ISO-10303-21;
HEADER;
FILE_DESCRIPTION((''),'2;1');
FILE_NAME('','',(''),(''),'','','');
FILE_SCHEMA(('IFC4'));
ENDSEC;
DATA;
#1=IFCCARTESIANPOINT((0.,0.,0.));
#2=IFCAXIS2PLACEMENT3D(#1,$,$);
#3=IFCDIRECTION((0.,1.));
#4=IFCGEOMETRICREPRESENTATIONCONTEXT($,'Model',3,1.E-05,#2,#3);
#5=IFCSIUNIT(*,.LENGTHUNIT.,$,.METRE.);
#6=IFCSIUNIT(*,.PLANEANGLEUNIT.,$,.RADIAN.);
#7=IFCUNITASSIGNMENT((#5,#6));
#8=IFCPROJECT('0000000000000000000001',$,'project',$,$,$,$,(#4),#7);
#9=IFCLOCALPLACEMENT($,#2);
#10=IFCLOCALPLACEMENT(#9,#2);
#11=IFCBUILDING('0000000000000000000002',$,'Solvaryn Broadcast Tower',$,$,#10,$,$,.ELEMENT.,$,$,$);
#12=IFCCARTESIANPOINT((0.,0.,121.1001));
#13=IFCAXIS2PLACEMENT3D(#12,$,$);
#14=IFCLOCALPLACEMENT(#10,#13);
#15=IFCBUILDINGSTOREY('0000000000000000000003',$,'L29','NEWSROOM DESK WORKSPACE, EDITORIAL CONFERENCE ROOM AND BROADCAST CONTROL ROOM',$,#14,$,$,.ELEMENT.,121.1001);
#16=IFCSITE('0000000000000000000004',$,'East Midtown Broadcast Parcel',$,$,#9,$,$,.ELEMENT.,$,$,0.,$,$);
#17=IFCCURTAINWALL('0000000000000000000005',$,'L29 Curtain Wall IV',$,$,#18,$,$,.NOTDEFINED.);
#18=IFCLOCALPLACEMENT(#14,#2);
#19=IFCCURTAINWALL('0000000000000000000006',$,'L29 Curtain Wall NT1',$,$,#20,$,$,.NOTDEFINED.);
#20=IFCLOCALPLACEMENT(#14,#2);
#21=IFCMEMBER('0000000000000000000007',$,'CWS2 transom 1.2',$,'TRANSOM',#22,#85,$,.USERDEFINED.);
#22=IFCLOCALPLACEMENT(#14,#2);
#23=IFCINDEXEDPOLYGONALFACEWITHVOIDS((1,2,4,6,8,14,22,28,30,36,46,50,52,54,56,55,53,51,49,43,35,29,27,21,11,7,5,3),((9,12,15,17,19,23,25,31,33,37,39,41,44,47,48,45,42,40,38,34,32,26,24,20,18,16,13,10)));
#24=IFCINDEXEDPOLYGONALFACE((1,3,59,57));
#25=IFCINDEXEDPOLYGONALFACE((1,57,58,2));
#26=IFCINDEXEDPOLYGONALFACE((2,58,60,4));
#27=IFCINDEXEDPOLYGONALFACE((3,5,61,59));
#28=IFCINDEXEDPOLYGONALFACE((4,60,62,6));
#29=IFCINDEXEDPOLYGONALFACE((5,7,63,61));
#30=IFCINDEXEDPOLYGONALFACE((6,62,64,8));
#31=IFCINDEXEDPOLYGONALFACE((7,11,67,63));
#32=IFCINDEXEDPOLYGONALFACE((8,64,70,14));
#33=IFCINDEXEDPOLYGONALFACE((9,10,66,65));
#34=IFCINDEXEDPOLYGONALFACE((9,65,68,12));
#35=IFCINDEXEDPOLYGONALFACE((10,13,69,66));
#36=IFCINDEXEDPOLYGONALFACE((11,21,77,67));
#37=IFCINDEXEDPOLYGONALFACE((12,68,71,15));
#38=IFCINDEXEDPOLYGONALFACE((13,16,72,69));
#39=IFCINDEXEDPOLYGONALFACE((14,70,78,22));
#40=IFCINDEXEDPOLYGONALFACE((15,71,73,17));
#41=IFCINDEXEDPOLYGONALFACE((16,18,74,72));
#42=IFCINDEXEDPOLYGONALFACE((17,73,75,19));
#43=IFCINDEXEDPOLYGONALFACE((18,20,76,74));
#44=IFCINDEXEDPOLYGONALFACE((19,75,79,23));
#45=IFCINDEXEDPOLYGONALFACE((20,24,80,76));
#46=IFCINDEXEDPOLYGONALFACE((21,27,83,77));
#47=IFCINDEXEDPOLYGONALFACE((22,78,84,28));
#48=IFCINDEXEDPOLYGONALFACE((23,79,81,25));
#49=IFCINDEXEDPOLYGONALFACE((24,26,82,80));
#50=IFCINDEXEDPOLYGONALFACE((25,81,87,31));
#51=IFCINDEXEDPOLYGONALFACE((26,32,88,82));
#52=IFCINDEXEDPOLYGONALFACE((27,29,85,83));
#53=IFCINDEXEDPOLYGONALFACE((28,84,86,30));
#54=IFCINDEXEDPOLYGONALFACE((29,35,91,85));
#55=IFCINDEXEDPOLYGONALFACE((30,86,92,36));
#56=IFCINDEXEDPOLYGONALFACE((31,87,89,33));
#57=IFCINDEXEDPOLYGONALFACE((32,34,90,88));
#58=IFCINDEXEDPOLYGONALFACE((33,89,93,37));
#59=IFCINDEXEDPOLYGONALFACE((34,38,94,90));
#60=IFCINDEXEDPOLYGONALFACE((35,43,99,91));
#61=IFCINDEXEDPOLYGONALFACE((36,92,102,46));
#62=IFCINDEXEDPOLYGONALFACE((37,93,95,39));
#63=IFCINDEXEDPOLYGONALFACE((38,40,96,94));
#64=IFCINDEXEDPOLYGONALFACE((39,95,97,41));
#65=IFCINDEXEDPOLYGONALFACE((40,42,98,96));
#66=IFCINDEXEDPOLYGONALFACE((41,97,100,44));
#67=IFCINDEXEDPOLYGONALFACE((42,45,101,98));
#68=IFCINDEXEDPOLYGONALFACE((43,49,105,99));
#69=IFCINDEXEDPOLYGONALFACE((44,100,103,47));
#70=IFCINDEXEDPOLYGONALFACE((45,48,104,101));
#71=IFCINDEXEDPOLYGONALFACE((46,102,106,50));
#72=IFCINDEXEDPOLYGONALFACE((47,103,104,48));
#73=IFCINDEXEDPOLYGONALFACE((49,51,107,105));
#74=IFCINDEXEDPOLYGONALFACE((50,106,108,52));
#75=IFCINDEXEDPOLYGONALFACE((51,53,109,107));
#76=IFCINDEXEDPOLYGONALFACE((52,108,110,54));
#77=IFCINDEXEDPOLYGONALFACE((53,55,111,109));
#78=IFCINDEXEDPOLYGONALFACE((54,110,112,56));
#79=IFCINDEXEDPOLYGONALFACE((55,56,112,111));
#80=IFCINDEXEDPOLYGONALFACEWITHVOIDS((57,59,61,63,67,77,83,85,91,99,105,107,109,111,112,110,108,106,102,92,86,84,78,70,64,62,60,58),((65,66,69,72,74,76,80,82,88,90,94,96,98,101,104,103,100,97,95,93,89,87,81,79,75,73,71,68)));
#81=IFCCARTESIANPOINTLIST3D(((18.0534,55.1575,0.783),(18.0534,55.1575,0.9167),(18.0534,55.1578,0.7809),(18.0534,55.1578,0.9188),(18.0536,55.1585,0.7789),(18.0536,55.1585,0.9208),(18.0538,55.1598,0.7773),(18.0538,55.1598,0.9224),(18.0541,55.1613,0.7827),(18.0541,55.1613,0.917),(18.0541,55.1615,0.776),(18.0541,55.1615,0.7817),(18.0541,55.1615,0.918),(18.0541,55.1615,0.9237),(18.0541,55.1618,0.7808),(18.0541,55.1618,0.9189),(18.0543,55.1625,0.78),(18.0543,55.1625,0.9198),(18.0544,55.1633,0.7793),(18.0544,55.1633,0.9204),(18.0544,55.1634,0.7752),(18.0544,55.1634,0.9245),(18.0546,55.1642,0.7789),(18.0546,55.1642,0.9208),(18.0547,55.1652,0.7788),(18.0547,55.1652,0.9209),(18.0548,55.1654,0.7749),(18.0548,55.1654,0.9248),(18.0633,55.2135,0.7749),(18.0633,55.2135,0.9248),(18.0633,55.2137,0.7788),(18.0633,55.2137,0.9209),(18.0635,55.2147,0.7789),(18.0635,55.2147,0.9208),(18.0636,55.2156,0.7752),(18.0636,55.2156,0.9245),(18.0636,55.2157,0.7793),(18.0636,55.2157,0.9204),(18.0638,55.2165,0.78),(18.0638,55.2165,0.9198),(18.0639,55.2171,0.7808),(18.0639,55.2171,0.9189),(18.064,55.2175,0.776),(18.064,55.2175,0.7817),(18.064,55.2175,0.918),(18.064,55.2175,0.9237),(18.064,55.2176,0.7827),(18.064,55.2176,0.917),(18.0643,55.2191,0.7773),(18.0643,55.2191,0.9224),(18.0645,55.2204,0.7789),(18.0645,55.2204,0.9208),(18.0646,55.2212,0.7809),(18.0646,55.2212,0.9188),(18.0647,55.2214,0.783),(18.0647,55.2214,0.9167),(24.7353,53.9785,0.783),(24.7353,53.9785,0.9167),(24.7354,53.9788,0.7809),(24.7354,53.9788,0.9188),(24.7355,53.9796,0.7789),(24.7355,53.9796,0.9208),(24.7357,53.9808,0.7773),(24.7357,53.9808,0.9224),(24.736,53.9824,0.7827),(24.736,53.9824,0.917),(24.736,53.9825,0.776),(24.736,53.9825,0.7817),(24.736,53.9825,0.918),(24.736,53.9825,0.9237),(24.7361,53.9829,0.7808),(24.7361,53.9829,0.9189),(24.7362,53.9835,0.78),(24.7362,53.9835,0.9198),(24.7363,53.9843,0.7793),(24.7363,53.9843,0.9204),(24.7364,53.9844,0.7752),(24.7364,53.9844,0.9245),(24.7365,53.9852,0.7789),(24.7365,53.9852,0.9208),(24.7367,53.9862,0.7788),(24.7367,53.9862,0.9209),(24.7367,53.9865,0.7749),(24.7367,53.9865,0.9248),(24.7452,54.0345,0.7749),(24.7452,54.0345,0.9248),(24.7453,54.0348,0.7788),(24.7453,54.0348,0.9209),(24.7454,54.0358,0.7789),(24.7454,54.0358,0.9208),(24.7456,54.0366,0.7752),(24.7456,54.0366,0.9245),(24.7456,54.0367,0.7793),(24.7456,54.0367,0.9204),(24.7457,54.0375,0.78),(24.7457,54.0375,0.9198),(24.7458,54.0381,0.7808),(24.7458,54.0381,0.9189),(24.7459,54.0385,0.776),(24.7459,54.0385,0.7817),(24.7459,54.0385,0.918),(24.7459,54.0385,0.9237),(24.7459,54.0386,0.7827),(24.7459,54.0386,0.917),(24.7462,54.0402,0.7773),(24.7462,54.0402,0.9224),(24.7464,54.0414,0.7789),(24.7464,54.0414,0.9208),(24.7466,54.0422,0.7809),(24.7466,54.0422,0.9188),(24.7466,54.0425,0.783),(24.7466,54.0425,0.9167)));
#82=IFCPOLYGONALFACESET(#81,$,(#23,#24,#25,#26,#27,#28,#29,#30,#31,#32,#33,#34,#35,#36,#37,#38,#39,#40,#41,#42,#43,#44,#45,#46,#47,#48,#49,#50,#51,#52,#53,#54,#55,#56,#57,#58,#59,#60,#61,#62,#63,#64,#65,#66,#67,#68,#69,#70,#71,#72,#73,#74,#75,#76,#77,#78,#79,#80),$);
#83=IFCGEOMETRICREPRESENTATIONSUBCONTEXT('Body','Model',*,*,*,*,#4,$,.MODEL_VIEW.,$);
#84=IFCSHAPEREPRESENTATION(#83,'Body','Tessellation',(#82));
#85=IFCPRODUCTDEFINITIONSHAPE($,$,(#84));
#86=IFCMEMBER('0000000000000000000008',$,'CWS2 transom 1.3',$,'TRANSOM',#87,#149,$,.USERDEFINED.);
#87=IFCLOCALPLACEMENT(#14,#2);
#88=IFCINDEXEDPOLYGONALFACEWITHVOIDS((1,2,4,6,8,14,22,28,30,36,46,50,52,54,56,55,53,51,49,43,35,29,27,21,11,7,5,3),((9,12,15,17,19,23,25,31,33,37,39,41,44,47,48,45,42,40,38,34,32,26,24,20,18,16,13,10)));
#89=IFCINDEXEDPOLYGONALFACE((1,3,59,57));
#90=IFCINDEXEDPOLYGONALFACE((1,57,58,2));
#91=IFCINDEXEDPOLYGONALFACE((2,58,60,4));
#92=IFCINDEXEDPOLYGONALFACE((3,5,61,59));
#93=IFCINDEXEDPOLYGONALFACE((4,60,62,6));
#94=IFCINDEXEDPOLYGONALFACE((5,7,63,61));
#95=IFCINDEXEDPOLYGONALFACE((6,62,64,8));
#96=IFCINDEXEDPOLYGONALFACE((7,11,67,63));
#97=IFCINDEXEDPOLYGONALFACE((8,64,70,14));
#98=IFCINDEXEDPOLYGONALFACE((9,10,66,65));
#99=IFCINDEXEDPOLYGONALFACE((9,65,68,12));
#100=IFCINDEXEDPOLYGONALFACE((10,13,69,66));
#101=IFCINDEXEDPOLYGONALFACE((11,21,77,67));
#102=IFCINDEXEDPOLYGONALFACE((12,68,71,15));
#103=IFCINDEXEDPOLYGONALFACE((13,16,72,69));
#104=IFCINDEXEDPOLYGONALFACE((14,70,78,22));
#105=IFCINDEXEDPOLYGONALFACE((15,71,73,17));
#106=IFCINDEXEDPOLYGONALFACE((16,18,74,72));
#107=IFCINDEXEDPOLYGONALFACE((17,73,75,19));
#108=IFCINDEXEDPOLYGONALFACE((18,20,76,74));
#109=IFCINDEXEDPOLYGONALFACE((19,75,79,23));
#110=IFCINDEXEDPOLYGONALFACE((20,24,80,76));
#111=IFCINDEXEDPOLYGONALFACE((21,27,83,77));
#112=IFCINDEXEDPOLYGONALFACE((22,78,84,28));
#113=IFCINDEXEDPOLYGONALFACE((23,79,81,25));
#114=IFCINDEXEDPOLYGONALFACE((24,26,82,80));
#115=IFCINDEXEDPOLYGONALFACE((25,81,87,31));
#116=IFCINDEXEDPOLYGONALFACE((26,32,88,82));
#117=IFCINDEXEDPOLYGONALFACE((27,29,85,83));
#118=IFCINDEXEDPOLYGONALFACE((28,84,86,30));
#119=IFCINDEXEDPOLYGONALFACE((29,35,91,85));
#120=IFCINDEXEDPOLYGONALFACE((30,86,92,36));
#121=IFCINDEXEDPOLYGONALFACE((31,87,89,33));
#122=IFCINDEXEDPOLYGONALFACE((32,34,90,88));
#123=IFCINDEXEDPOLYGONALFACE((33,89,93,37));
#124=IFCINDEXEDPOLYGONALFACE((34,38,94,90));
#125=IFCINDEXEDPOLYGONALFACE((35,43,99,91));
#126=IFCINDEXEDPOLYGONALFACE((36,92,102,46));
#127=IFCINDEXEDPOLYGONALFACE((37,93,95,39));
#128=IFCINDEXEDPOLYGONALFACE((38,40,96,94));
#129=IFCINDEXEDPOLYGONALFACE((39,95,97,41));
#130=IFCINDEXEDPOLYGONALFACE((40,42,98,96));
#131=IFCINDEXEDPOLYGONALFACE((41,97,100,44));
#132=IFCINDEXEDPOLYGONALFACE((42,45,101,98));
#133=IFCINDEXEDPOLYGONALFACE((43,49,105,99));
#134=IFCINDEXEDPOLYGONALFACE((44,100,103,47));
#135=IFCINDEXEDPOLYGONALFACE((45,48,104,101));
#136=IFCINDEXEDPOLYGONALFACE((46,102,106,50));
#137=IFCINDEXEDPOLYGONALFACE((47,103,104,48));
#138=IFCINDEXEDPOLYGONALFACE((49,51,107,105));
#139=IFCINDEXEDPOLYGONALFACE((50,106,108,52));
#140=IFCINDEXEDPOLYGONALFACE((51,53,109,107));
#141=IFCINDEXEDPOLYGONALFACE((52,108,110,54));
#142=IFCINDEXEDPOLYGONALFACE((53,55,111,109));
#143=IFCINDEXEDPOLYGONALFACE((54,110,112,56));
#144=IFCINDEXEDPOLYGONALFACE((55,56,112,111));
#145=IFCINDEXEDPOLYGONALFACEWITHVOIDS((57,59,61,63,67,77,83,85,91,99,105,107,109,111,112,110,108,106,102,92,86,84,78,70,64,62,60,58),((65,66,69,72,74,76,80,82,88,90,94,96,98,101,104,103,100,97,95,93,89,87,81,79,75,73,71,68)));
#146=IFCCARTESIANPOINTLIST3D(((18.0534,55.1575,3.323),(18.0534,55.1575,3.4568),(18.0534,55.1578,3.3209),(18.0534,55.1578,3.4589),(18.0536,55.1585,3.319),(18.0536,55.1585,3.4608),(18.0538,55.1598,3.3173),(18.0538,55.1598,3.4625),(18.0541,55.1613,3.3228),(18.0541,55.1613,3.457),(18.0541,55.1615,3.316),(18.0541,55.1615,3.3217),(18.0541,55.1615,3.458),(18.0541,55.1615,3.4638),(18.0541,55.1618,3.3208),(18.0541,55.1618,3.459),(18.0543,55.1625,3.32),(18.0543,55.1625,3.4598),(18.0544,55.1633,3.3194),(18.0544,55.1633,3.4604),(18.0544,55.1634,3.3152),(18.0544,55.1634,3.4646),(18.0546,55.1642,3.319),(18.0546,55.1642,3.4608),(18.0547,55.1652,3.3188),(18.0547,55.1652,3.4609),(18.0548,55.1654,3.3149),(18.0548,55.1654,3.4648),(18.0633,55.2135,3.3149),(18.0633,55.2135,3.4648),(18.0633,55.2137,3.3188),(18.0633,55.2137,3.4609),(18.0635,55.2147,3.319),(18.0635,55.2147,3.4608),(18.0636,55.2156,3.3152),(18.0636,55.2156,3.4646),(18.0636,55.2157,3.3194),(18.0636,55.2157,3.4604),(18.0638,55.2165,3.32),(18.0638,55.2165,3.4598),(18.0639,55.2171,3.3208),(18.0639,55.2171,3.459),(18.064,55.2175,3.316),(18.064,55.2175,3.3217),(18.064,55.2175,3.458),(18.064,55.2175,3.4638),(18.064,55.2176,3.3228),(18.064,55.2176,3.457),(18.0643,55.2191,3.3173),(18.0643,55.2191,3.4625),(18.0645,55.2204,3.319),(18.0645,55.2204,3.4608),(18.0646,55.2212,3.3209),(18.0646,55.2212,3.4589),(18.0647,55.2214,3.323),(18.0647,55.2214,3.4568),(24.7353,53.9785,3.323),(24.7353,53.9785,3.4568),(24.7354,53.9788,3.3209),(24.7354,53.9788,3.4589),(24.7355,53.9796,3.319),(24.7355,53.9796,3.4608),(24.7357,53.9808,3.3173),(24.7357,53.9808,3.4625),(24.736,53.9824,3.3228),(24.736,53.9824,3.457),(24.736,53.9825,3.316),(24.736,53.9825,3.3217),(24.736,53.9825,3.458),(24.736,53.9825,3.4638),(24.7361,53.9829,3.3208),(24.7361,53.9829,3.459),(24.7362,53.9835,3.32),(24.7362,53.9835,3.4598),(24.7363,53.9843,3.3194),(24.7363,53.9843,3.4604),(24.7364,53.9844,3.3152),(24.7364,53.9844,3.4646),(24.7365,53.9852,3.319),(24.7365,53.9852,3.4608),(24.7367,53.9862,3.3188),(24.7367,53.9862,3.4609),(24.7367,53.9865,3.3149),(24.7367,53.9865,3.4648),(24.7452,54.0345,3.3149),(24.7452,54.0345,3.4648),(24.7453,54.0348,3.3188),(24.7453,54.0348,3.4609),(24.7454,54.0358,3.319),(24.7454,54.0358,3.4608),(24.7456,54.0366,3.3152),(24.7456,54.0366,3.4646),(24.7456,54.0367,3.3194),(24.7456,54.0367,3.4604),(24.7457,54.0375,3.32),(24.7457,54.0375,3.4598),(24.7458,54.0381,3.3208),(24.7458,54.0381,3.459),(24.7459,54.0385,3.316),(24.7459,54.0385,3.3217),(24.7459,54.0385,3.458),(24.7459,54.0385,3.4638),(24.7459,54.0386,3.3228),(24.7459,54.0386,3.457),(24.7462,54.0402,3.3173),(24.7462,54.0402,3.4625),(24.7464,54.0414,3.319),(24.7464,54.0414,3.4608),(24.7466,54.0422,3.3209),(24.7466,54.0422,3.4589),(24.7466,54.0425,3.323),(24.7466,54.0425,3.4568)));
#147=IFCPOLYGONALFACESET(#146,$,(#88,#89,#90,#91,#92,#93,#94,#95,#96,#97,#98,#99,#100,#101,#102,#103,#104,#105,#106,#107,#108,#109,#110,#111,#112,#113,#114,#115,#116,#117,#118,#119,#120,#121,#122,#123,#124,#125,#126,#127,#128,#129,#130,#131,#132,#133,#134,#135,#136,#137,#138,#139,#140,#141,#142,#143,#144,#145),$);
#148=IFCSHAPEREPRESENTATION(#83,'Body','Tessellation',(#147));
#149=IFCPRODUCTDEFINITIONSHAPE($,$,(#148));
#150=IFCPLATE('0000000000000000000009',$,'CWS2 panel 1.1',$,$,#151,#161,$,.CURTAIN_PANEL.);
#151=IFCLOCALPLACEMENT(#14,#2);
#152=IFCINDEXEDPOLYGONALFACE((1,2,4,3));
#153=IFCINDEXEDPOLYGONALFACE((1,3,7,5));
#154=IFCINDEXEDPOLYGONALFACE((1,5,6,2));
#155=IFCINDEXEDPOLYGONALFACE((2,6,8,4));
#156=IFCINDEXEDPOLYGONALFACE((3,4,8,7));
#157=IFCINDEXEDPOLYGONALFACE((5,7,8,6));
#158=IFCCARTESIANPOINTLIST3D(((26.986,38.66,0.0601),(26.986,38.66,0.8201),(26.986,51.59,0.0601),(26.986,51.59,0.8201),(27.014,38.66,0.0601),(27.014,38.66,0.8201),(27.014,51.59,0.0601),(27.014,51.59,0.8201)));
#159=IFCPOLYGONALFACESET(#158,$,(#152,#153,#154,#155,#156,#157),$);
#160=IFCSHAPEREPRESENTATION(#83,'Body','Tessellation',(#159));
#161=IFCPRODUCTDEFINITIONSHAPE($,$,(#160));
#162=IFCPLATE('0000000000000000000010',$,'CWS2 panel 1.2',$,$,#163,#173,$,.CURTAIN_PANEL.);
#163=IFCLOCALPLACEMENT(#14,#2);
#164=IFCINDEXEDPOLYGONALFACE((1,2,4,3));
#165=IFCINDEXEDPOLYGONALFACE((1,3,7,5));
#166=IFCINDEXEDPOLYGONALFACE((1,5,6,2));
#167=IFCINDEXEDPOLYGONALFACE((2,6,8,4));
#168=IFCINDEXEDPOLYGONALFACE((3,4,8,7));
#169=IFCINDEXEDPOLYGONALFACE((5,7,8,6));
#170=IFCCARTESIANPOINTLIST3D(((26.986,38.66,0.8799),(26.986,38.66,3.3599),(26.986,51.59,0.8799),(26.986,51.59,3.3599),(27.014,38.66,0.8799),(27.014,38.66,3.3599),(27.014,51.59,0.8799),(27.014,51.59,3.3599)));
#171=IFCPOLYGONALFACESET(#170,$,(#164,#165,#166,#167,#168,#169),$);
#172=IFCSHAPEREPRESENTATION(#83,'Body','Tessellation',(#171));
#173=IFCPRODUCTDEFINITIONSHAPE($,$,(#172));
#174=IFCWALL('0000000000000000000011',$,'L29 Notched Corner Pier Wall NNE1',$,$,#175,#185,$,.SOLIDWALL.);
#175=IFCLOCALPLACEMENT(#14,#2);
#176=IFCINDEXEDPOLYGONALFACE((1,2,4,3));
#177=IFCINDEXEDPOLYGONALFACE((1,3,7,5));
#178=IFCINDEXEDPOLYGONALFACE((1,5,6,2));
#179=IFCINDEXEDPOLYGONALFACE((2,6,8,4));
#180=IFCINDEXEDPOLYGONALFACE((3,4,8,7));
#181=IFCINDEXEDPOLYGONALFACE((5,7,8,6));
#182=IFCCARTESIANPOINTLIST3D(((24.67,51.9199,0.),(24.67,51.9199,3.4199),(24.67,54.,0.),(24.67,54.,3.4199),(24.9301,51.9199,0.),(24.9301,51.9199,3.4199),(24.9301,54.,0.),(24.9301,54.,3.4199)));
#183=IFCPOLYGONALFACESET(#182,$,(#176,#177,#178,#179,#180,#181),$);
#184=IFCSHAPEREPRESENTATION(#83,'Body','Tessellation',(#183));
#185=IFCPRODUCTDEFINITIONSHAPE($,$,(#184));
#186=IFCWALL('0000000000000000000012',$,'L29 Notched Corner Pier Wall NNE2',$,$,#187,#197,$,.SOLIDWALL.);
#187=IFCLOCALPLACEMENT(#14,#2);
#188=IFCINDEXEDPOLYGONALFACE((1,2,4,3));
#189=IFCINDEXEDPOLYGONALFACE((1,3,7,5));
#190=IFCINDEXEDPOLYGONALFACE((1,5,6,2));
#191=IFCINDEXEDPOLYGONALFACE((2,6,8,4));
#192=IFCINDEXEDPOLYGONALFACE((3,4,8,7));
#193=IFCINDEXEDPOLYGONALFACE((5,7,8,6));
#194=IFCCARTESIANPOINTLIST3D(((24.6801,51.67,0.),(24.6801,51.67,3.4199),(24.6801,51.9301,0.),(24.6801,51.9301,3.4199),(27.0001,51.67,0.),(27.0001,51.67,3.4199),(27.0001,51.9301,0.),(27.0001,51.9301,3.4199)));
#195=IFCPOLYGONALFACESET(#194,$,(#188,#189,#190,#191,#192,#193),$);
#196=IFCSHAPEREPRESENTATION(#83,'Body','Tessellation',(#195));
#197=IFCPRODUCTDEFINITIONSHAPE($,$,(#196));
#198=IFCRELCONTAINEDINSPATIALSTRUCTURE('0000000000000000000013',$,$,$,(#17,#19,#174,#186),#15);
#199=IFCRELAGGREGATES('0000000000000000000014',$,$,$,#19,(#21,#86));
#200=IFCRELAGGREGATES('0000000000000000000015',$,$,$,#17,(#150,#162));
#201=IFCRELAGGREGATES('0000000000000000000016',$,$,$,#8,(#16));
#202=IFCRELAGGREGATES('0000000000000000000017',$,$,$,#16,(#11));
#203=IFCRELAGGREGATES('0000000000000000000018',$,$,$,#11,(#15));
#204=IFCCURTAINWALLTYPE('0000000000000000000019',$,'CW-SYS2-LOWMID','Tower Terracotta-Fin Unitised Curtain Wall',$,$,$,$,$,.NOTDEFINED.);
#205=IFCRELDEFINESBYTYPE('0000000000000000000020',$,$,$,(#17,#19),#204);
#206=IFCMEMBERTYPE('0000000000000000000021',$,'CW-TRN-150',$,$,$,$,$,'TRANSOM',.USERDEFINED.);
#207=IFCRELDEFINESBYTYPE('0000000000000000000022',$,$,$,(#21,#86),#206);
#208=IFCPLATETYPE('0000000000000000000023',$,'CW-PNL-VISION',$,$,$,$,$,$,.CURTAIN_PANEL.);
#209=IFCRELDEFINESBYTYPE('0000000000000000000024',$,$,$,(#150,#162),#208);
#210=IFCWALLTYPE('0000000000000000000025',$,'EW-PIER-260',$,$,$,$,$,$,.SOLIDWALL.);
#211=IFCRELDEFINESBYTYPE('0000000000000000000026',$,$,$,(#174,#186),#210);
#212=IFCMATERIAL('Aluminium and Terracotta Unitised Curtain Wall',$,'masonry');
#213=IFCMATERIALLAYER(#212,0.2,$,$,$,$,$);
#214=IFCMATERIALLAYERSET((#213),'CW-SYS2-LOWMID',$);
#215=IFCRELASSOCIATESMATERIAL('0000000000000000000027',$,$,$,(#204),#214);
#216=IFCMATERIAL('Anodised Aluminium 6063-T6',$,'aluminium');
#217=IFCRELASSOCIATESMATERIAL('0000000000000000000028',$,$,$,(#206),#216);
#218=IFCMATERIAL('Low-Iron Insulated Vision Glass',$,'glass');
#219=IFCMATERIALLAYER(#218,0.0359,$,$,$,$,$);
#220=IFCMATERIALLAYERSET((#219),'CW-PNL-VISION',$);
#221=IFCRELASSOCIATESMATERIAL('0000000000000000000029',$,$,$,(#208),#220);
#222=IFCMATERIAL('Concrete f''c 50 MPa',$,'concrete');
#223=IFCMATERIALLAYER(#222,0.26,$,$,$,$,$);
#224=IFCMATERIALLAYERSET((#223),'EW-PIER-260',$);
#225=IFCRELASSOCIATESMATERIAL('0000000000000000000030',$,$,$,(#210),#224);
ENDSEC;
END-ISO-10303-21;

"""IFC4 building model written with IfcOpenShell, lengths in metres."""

from ifc_helpers import new_model, si_unit, direction, frame, frame_2d, origin, origin_2d, place, context, subcontext, project, spatial, rectangle, hollow_rectangle, extrude, material, layer, layer_set, material_profile, profile_set, type_object, element, aggregate, save


model = new_model("IFC4")

# Units and contexts
model_context = context("Model", 3, precision=1e-05, world=origin(), true_north=direction((0.0, 1.0)))
body_context = subcontext(model_context, "Body", "Model", "MODEL_VIEW")
ifc_project = project(units=[si_unit("LENGTHUNIT", "METRE"), si_unit("PLANEANGLEUNIT", "RADIAN")], contexts=[model_context])

# Site, building, storey
site_placement = place(None, origin())
site = spatial("IfcSite", under=ifc_project, at=site_placement, Name="East Midtown Broadcast Parcel", CompositionType="ELEMENT", RefElevation=0.0)
building_placement = place(site_placement, origin())
building = spatial("IfcBuilding", under=site, at=building_placement, Name="Solvaryn Broadcast Tower", CompositionType="ELEMENT")
storey_placement = place(building_placement, frame((0.0, 0.0, 121.1001)))
storey = spatial("IfcBuildingStorey", under=building, at=storey_placement, Name="L29", Description="NEWSROOM DESK WORKSPACE, EDITORIAL CONFERENCE ROOM AND BROADCAST CONTROL ROOM", CompositionType="ELEMENT", Elevation=121.1001)

# Curtain wall
ifc_material_1 = material(Name="Aluminium and Terracotta Unitised Curtain Wall", Category="masonry")
ifc_layer_1 = layer(ifc_material_1, 0.2)
ifc_layer_set_1 = layer_set([ifc_layer_1], Name="CW-SYS2-LOWMID")
curtain_wall_type = type_object("IfcCurtainWallType", Name="CW-SYS2-LOWMID", Description="Tower Terracotta-Fin Unitised Curtain Wall", PredefinedType="NOTDEFINED", material=ifc_layer_set_1)
curtain_wall_1_placement = place(storey_placement, origin())
curtain_wall_1 = element("IfcCurtainWall", 1, at=curtain_wall_1_placement, inside=storey, type_object=curtain_wall_type, Name="L29 Curtain Wall IV", PredefinedType="NOTDEFINED")

# Curtain wall
curtain_wall_2_placement = place(storey_placement, origin())
curtain_wall_2 = element("IfcCurtainWall", 2, at=curtain_wall_2_placement, inside=storey, type_object=curtain_wall_type, Name="L29 Curtain Wall NT1", PredefinedType="NOTDEFINED")

# Members
ifc_material_2 = material(Name="Anodised Aluminium 6063-T6", Category="aluminium")
ifc_material_profile_1 = material_profile(ifc_material_2, hollow_rectangle(XDim=0.0649, YDim=0.1499, WallThickness=0.0039, InnerFilletRadius=0.0039, OuterFilletRadius=0.0081, at=origin_2d()))
ifc_profile_set_1 = profile_set([ifc_material_profile_1], Name="Anodised Aluminium 6063-T6")
member_type_1 = type_object("IfcMemberType", Name="CW-TRN-150", ElementType="TRANSOM", PredefinedType="USERDEFINED", material=ifc_profile_set_1)
member_1_placement = place(storey_placement, frame((24.741, 54.0105, 0.8499), z_axis=(-0.984789, 0.173757, 0.0), x_axis=(-0.173757, -0.984789, 0.0)))
member_1 = element("IfcMember", 3, at=member_1_placement, type_object=member_type_1, Name="CWS2 transom 1.2", ObjectType="TRANSOM", PredefinedType="USERDEFINED", context=body_context, shape_type="SweptSolid", body=[
    extrude(hollow_rectangle(XDim=0.0649, YDim=0.1499, WallThickness=0.0039, InnerFilletRadius=0.0039, OuterFilletRadius=0.0081, at=origin_2d()), origin(), (0.0, 0.0, 1.0), 6.7852),
])
member_2_placement = place(storey_placement, frame((24.741, 54.0105, 3.3899), z_axis=(-0.984789, 0.173757, 0.0), x_axis=(-0.173757, -0.984789, 0.0)))
member_2 = element("IfcMember", 4, at=member_2_placement, type_object=member_type_1, Name="CWS2 transom 1.3", ObjectType="TRANSOM", PredefinedType="USERDEFINED", context=body_context, shape_type="SweptSolid", body=[
    extrude(hollow_rectangle(XDim=0.0649, YDim=0.1499, WallThickness=0.0039, InnerFilletRadius=0.0039, OuterFilletRadius=0.0081, at=origin_2d()), origin(), (0.0, 0.0, 1.0), 6.7852),
])
aggregate(curtain_wall_2, [member_1, member_2])

# Plates
ifc_material_3 = material(Name="Low-Iron Insulated Vision Glass", Category="glass")
ifc_layer_2 = layer(ifc_material_3, 0.0359)
ifc_layer_set_2 = layer_set([ifc_layer_2], Name="CW-PNL-VISION")
plate_type = type_object("IfcPlateType", Name="CW-PNL-VISION", PredefinedType="CURTAIN_PANEL", material=ifc_layer_set_2)
plate_1_placement = place(storey_placement, frame((27.0, 45.125, 0.0601), z_axis=(0.0, 0.0, 1.0), x_axis=(0.0, -1.0, 0.0)))
plate_1 = element("IfcPlate", 5, at=plate_1_placement, type_object=plate_type, Name="CWS2 panel 1.1", PredefinedType="CURTAIN_PANEL", context=body_context, shape_type="SweptSolid", body=[
    extrude(rectangle(XDim=12.9299, YDim=0.0281, at=origin_2d()), origin(), (0.0, 0.0, 1.0), 0.76),
])
plate_2_placement = place(storey_placement, frame((27.0, 45.125, 0.8799), z_axis=(0.0, 0.0, 1.0), x_axis=(0.0, -1.0, 0.0)))
plate_2 = element("IfcPlate", 6, at=plate_2_placement, type_object=plate_type, Name="CWS2 panel 1.2", PredefinedType="CURTAIN_PANEL", context=body_context, shape_type="SweptSolid", body=[
    extrude(rectangle(XDim=12.9299, YDim=0.0281, at=origin_2d()), origin(), (0.0, 0.0, 1.0), 2.48),
])
aggregate(curtain_wall_1, [plate_1, plate_2])

# Walls
ifc_material_4 = material(Name="Concrete f'c 50 MPa", Category="concrete")
ifc_layer_3 = layer(ifc_material_4, 0.26)
ifc_layer_set_3 = layer_set([ifc_layer_3], Name="EW-PIER-260")
wall_type_1 = type_object("IfcWallType", Name="EW-PIER-260", PredefinedType="SOLIDWALL", material=ifc_layer_set_3)
wall_1_placement = place(storey_placement, frame((24.8, 54.0, 0.0), z_axis=(0.0, 0.0, 1.0), x_axis=(0.0, -1.0, 0.0)))
element("IfcWall", 7, at=wall_1_placement, inside=storey, type_object=wall_type_1, Name="L29 Notched Corner Pier Wall NNE1", PredefinedType="SOLIDWALL", context=body_context, shape_type="SweptSolid", body=[
    extrude(rectangle(XDim=2.0801, YDim=0.26, at=frame_2d((1.04, 0.0))), origin(), (0.0, 0.0, 1.0), 3.4199),
])
wall_2_placement = place(storey_placement, frame((24.6799, 51.8, 0.0), z_axis=(0.0, 0.0, 1.0), x_axis=(1.0, 0.0, 0.0)))
element("IfcWall", 8, at=wall_2_placement, inside=storey, type_object=wall_type_1, Name="L29 Notched Corner Pier Wall NNE2", PredefinedType="SOLIDWALL", context=body_context, shape_type="SweptSolid", body=[
    extrude(rectangle(XDim=2.3201, YDim=0.26, at=frame_2d((1.1602, 0.0))), origin(), (0.0, 0.0, 1.0), 3.4199),
])

save(model, "model.ifc")
